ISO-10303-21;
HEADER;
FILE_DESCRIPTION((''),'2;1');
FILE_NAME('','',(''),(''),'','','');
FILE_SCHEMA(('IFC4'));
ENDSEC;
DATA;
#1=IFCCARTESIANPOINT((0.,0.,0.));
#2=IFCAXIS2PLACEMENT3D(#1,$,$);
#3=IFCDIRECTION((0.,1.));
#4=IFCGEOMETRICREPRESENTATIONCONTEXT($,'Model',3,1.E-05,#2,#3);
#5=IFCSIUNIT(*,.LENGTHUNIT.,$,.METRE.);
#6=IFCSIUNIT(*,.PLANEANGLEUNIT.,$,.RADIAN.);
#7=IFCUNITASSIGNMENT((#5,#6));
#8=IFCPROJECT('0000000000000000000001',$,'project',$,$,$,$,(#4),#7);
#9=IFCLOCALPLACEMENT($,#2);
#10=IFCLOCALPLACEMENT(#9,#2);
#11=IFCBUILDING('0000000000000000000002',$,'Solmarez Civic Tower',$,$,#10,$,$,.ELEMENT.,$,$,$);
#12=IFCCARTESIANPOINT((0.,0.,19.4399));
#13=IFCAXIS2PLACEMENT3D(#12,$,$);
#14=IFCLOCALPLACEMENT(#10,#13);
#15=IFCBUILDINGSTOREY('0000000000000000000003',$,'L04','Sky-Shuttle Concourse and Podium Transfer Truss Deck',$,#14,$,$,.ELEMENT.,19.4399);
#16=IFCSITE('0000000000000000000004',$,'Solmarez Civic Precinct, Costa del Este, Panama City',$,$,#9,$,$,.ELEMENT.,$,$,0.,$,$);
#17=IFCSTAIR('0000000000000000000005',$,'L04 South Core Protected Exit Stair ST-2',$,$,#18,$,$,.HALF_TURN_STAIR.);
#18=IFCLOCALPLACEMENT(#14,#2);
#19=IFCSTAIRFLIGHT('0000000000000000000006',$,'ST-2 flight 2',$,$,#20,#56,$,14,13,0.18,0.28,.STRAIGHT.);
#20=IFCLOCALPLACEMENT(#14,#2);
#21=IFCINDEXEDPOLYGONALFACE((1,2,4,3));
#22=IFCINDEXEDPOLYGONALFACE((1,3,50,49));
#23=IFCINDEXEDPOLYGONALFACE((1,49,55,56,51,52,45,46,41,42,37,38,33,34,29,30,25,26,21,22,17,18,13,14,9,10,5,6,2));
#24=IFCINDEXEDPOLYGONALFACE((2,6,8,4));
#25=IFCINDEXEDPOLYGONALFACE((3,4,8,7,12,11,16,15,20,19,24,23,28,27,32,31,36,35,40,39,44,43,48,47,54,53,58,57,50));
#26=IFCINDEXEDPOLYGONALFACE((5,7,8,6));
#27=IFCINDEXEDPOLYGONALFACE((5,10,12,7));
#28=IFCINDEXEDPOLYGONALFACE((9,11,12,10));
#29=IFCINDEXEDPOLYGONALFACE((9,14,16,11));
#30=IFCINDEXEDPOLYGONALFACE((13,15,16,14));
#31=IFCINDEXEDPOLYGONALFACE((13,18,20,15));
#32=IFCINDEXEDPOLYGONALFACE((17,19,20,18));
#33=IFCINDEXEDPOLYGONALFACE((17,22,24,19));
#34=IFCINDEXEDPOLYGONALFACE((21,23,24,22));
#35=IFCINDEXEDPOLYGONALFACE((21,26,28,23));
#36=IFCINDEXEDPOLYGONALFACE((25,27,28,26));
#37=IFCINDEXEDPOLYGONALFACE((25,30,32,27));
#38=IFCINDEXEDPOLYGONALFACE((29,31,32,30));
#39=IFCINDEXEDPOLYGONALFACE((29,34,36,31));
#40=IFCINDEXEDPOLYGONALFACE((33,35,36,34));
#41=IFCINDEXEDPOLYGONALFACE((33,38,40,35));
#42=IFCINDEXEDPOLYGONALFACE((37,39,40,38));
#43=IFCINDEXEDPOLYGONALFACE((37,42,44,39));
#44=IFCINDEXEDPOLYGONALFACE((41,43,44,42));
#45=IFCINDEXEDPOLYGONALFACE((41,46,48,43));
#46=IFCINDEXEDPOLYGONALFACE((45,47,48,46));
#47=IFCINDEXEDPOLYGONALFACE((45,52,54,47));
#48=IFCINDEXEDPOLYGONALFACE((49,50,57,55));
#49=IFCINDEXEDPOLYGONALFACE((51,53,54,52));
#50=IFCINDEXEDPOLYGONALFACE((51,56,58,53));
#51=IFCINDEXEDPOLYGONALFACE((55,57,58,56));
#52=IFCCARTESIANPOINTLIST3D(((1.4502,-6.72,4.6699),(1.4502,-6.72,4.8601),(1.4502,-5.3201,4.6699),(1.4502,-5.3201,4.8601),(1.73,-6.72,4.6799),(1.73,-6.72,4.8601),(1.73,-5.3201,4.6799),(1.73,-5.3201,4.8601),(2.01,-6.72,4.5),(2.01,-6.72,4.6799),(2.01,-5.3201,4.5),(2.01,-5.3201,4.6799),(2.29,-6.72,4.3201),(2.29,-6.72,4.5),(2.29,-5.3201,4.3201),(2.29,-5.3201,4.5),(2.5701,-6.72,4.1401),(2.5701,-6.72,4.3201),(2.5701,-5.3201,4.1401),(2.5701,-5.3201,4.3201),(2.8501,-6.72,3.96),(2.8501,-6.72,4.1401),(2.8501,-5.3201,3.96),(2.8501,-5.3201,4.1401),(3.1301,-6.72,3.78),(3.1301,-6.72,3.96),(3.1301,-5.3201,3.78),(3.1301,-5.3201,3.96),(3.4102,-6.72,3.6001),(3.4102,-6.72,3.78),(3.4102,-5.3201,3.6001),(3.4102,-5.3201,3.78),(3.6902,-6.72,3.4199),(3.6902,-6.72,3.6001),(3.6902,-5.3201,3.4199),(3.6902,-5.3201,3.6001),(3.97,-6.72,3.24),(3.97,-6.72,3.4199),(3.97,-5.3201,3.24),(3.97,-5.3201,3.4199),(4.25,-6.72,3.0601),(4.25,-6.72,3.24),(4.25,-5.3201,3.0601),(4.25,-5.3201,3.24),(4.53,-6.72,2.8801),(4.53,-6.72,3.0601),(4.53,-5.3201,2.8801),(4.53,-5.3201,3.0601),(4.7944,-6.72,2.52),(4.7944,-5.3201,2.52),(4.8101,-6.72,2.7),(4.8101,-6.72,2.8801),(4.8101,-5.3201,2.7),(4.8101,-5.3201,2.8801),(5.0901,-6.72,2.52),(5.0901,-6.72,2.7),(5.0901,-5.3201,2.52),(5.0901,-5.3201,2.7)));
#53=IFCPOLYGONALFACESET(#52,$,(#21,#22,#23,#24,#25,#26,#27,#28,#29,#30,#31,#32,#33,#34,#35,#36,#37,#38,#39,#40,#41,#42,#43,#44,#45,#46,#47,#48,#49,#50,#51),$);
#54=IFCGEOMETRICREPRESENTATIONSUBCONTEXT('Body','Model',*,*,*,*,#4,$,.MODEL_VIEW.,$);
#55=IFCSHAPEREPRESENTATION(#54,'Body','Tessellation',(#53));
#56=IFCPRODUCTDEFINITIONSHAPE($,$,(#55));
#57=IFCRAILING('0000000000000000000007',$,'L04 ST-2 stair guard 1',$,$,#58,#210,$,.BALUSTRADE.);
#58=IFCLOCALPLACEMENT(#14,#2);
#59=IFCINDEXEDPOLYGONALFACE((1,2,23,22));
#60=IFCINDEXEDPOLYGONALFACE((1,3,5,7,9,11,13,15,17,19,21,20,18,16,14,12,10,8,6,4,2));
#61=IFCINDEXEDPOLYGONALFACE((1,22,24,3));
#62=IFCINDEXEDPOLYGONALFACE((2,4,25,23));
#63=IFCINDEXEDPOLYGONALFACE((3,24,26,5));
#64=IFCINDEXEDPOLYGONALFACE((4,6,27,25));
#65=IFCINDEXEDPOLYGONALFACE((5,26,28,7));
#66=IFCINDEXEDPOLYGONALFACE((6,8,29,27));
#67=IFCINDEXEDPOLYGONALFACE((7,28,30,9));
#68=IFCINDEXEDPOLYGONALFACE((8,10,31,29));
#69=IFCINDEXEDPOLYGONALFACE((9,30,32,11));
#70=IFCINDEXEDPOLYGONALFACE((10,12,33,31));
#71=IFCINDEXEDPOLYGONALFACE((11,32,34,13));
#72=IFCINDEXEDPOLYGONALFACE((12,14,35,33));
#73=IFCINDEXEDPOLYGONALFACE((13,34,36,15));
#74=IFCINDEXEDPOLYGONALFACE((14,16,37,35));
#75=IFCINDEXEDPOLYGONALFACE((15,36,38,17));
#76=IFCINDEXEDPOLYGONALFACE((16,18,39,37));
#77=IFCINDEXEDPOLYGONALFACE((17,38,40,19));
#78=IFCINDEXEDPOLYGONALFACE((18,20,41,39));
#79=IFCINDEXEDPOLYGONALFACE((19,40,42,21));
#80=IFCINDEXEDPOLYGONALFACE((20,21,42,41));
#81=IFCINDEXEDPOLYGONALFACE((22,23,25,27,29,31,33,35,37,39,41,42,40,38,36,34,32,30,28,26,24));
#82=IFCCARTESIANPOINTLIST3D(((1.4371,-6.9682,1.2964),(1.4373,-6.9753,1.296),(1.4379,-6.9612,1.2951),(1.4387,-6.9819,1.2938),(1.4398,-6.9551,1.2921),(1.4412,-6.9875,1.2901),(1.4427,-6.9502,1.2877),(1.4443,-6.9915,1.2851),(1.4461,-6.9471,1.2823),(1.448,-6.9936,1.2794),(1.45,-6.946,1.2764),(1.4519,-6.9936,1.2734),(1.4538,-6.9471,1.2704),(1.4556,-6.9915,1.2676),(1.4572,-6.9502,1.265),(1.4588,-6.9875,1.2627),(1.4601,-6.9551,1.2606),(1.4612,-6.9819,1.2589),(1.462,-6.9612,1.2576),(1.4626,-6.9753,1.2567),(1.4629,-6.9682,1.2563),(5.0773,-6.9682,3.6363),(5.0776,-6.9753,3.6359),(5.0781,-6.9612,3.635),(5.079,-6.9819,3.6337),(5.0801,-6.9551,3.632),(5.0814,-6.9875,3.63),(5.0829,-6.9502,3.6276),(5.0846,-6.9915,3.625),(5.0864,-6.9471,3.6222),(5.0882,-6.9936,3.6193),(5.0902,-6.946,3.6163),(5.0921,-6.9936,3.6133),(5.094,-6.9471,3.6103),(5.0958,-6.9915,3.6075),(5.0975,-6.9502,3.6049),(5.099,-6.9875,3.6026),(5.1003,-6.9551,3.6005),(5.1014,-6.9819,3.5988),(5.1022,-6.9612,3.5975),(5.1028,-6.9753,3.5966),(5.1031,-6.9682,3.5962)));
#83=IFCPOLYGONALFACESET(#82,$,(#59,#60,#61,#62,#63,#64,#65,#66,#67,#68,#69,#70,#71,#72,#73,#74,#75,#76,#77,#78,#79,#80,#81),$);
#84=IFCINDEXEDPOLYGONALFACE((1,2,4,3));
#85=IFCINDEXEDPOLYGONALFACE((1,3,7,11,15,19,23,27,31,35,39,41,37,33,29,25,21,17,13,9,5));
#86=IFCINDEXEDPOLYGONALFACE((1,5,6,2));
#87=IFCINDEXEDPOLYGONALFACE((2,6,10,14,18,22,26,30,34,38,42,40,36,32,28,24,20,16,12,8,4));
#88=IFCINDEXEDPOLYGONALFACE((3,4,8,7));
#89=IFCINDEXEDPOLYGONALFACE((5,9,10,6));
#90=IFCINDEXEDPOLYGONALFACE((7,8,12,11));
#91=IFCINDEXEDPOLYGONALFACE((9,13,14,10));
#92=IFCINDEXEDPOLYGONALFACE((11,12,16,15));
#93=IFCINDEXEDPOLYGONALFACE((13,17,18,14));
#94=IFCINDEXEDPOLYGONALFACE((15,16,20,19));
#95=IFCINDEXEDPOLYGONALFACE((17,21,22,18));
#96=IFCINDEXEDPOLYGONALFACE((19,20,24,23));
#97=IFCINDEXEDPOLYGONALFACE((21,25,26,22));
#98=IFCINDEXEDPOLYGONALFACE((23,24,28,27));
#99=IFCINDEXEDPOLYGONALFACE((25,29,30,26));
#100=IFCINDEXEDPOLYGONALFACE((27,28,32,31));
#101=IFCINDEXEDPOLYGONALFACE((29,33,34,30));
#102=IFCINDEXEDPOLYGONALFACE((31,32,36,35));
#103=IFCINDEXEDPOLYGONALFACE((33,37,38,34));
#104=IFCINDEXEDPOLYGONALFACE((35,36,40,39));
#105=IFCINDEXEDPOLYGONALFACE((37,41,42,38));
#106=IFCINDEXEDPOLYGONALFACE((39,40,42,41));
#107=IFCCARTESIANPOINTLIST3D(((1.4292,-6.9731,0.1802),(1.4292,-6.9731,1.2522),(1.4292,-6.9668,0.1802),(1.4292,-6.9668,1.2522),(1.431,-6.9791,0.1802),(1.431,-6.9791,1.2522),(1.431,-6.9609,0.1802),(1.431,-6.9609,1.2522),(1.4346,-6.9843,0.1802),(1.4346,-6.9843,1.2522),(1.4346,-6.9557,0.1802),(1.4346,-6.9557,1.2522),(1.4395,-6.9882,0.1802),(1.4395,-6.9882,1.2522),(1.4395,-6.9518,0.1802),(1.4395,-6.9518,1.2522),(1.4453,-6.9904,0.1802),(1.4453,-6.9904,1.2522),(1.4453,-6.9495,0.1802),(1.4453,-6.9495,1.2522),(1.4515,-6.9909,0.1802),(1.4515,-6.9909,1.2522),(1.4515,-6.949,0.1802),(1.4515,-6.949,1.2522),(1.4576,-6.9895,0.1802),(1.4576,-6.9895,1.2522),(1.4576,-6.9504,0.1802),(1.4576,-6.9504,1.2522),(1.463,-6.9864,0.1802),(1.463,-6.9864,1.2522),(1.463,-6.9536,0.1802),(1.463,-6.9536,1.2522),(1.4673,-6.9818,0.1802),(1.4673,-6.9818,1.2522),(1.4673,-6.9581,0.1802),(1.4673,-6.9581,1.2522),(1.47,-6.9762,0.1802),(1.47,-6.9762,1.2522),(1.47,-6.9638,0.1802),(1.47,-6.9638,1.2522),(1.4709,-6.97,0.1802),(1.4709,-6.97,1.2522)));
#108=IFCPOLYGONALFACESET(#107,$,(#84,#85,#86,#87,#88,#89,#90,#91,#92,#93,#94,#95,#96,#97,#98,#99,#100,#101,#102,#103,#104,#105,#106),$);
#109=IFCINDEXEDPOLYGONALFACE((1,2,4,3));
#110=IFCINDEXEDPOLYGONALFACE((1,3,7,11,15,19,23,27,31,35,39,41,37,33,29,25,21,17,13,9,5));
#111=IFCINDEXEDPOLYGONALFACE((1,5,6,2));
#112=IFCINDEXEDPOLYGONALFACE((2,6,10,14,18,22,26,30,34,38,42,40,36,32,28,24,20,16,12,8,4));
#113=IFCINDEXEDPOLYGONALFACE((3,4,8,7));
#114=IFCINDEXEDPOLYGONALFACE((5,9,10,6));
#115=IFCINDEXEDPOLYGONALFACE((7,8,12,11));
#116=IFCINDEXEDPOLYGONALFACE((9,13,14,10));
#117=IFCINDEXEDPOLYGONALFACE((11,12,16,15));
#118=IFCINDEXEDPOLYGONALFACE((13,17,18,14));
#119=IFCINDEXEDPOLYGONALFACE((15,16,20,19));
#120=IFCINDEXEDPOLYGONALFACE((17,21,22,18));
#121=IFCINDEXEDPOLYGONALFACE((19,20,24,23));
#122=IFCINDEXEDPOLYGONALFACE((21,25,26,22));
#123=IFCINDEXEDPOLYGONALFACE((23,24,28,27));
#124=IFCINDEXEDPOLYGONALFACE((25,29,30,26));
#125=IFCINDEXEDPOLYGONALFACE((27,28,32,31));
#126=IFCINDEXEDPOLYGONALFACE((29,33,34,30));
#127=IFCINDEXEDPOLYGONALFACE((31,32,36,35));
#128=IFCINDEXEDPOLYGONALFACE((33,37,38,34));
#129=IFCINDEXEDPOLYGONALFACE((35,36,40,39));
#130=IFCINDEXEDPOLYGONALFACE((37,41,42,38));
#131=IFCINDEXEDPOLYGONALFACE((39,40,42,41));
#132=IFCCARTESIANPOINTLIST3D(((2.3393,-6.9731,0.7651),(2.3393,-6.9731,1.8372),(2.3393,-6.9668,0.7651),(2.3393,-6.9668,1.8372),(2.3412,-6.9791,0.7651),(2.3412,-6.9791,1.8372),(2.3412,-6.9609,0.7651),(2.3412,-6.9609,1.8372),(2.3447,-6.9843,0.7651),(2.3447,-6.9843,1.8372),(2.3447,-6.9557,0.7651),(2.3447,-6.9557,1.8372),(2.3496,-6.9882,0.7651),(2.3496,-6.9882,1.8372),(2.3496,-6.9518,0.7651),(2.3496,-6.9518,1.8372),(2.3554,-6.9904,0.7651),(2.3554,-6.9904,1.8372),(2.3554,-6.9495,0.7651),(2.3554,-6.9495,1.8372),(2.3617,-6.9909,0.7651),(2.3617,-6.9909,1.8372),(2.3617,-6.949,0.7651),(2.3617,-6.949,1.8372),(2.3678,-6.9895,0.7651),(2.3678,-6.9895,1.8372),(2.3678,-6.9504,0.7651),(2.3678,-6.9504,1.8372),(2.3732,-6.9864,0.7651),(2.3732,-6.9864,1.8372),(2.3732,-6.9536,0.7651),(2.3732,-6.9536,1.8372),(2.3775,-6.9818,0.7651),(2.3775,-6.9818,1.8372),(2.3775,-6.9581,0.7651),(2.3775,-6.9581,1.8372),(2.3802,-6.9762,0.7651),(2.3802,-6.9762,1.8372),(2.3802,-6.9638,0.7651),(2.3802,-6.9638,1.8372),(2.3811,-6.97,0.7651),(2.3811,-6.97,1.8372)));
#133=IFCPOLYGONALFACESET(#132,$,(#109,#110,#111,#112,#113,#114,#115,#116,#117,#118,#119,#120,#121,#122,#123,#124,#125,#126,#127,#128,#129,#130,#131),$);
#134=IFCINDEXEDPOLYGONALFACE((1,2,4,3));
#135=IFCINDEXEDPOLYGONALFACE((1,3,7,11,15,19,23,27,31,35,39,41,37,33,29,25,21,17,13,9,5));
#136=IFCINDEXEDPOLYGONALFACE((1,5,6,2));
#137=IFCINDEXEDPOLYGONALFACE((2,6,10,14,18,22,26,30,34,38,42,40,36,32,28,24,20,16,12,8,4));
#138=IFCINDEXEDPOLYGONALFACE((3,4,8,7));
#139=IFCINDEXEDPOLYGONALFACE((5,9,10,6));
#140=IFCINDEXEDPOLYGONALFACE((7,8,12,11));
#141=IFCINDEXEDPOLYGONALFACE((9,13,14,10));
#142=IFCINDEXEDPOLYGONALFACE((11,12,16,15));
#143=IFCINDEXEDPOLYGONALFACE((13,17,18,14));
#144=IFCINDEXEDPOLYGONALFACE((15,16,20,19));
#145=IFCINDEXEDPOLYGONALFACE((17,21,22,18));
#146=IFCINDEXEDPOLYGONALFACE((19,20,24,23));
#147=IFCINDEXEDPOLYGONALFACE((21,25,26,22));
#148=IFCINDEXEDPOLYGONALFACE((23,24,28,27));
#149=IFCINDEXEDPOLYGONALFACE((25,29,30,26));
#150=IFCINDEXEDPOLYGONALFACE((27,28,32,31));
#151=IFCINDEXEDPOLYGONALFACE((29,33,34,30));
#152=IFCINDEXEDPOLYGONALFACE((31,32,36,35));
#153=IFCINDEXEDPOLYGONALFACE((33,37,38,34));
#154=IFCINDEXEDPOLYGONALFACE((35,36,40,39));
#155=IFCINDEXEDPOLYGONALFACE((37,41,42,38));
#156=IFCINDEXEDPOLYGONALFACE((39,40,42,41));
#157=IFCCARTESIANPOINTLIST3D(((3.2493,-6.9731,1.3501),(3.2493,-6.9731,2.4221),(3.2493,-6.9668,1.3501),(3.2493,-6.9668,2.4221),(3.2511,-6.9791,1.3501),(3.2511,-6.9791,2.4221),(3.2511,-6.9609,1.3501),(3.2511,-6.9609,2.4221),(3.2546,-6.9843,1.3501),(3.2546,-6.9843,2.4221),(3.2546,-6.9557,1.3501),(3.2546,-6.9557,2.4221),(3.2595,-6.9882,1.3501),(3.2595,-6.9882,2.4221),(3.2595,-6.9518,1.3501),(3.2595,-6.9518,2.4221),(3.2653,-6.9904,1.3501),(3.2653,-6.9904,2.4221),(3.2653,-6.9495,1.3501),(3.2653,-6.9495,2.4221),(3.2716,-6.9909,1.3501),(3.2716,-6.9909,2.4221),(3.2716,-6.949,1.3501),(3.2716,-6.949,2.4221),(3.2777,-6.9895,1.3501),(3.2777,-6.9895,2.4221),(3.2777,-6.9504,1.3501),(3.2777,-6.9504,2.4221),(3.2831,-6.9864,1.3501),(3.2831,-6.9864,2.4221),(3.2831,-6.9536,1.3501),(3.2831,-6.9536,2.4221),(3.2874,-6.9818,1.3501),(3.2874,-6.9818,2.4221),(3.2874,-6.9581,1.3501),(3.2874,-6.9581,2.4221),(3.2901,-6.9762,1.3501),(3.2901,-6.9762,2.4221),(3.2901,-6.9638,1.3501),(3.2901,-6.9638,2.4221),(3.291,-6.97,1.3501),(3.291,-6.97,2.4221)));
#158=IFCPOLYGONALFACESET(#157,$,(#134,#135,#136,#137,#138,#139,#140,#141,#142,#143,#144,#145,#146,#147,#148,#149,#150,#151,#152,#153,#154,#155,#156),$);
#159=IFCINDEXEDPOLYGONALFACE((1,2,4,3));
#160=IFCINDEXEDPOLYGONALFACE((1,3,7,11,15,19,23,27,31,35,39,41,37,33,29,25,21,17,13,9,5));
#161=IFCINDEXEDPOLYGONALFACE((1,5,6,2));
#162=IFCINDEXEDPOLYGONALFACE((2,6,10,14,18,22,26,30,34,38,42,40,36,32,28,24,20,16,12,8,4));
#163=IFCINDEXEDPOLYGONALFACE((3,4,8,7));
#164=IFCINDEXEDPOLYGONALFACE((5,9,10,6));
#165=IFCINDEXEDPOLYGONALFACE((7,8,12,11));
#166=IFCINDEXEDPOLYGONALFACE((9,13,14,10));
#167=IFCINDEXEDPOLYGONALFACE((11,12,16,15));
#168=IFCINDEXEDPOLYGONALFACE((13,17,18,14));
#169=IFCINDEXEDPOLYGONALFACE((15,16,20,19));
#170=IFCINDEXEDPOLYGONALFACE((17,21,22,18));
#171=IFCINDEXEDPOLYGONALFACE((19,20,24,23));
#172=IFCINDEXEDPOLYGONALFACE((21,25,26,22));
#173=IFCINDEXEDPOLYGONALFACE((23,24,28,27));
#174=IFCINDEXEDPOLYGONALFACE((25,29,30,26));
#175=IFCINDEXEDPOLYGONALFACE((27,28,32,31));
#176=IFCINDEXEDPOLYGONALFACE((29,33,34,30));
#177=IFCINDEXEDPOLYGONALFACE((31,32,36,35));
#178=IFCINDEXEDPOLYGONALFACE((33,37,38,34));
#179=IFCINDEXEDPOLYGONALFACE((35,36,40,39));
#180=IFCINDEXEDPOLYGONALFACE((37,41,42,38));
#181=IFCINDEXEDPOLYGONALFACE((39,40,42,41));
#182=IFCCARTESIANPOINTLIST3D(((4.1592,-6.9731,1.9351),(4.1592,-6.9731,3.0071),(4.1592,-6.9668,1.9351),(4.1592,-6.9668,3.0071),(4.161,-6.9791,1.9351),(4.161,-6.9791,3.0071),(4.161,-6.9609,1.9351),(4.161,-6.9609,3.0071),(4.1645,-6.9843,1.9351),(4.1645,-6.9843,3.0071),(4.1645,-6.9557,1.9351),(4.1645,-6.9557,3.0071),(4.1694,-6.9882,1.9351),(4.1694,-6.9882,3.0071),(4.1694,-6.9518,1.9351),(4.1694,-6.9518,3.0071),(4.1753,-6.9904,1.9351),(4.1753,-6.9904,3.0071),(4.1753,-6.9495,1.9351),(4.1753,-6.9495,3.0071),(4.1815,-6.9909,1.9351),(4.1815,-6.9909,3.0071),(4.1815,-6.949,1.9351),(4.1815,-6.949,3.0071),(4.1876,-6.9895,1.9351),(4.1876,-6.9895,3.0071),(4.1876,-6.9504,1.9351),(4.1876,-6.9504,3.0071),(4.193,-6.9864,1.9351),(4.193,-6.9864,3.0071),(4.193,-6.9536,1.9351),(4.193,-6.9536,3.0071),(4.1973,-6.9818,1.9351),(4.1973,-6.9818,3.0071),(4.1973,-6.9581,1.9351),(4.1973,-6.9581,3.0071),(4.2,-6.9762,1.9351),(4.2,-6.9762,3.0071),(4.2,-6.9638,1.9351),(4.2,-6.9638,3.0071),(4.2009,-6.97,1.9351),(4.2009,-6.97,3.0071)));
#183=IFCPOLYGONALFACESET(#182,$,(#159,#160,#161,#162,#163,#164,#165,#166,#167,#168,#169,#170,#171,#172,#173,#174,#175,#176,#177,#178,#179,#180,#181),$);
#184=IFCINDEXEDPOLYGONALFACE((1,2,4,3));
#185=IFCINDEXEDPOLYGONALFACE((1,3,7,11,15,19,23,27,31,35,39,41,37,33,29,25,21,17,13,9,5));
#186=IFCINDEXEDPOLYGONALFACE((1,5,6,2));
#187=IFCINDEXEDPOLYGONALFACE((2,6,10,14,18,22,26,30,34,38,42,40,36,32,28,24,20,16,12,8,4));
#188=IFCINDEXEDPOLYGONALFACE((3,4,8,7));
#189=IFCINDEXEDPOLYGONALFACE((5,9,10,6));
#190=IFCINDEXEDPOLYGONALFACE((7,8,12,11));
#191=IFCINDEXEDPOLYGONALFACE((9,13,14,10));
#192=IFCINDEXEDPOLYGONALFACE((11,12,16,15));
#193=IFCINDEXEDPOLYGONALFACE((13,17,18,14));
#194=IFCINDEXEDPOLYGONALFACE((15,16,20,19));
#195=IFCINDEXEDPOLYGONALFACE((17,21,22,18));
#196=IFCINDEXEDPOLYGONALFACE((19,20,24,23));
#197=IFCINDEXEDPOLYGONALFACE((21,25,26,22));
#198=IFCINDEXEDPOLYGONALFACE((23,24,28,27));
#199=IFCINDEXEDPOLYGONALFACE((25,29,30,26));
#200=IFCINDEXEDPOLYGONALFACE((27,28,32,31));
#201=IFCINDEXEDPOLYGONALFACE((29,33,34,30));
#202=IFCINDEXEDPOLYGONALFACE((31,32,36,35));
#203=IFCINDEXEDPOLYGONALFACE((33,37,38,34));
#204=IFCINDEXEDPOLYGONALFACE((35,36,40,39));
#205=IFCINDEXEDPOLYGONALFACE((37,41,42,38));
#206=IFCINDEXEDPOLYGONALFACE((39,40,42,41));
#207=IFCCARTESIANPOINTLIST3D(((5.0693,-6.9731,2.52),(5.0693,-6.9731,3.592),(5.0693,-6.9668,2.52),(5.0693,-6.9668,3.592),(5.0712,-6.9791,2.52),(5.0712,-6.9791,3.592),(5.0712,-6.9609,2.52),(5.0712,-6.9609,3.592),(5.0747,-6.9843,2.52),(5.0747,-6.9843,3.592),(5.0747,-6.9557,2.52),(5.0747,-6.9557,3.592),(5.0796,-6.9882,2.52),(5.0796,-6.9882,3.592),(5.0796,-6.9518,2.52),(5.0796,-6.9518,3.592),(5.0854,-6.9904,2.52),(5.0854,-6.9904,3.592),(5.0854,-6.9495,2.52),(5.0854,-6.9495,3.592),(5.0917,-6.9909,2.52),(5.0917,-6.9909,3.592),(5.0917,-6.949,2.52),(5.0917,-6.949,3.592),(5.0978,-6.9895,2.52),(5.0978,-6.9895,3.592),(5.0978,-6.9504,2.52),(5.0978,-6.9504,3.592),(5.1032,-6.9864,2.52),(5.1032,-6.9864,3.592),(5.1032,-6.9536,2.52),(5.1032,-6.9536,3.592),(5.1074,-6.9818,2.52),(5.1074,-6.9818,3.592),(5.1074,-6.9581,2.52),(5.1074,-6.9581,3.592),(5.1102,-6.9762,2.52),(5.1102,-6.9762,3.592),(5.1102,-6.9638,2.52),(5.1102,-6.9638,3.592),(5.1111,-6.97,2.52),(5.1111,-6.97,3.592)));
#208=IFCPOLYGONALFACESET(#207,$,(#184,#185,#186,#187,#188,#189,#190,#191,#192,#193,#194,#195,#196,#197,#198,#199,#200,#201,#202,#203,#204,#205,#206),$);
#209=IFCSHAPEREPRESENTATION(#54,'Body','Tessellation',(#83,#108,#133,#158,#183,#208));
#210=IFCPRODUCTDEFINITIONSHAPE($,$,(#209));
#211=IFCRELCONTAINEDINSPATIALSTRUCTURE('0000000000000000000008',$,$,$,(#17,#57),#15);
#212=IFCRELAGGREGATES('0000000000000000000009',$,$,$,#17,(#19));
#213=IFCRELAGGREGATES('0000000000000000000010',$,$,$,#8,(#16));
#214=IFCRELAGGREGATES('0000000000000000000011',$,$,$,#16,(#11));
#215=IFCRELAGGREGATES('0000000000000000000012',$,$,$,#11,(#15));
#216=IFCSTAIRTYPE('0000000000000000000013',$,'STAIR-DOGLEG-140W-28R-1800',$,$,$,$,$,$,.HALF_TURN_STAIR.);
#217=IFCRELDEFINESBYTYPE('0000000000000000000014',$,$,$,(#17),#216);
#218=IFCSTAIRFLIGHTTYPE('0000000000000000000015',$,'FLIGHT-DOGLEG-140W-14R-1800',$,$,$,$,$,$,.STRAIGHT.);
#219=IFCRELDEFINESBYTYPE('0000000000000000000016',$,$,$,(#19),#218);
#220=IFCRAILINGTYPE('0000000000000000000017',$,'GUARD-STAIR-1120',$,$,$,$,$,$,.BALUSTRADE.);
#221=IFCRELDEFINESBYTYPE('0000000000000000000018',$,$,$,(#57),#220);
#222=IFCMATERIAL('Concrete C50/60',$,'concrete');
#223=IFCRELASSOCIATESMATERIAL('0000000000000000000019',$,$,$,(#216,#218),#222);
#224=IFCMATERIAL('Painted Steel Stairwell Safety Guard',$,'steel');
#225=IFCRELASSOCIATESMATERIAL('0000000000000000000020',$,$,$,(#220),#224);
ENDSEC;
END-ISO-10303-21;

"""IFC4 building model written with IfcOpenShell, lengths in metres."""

from ifc_helpers import new_model, si_unit, direction, frame, origin, origin_2d, place, context, subcontext, project, spatial, polyline, circle, outline, extrude, material, type_object, element, aggregate, save


model = new_model("IFC4")

# Units and contexts
model_context = context("Model", 3, precision=1e-05, world=origin(), true_north=direction((0.0, 1.0)))
body_context = subcontext(model_context, "Body", "Model", "MODEL_VIEW")
ifc_project = project(units=[si_unit("LENGTHUNIT", "METRE"), si_unit("PLANEANGLEUNIT", "RADIAN")], contexts=[model_context])

# Site, building, storey
site_placement = place(None, origin())
site = spatial("IfcSite", under=ifc_project, at=site_placement, Name="Solmarez Civic Precinct, Costa del Este, Panama City", CompositionType="ELEMENT", RefElevation=0.0)
building_placement = place(site_placement, origin())
building = spatial("IfcBuilding", under=site, at=building_placement, Name="Solmarez Civic Tower", CompositionType="ELEMENT")
storey_placement = place(building_placement, frame((0.0, 0.0, 19.4399)))
storey = spatial("IfcBuildingStorey", under=building, at=storey_placement, Name="L04", Description="Sky-Shuttle Concourse and Podium Transfer Truss Deck", CompositionType="ELEMENT", Elevation=19.4399)

# Shared definitions
ifc_material_1 = material(Name="Concrete C50/60", Category="concrete")

# Stair, stair flight
stair_type = type_object("IfcStairType", Name="STAIR-DOGLEG-140W-28R-1800", PredefinedType="HALF_TURN_STAIR", material=ifc_material_1)
stair_placement = place(storey_placement, origin())
stair = element("IfcStair", 1, at=stair_placement, inside=storey, type_object=stair_type, Name="L04 South Core Protected Exit Stair ST-2", PredefinedType="HALF_TURN_STAIR")
stair_flight_type = type_object("IfcStairFlightType", Name="FLIGHT-DOGLEG-140W-14R-1800", PredefinedType="STRAIGHT", material=ifc_material_1)
stair_flight_1_placement = place(storey_placement, frame((5.0901, -6.02, 2.52), z_axis=(0.0, 0.0, 1.0), x_axis=(-1.0, 0.0, 0.0)))
stair_flight_1 = element("IfcStairFlight", 2, at=stair_flight_1_placement, type_object=stair_flight_type, Name="ST-2 flight 2", NumberOfRisers=14, NumberOfTreads=13, PredefinedType="STRAIGHT", RiserHeight=0.18, TreadLength=0.28, context=body_context, shape_type="SweptSolid", body=[
    extrude(outline(polyline([(0.0, 0.0), (0.0, 0.1799), (0.28, 0.1799), (0.28, 0.3601), (0.5601, 0.3601), (0.5601, 0.54), (0.8401, 0.54), (0.8401, 0.72), (1.1201, 0.72), (1.1201, 0.8999), (1.3999, 0.8999), (1.3999, 1.0801), (1.6799, 1.0801), (1.6799, 1.26), (1.96, 1.26), (1.96, 1.4399), (2.24, 1.4399), (2.24, 1.6201), (2.52, 1.6201), (2.52, 1.8), (2.8, 1.8), (2.8, 1.98), (3.0801, 1.98), (3.0801, 2.1599), (3.3601, 2.1599), (3.3601, 2.3401), (3.6399, 2.3401), (3.6399, 2.52), (3.6399, 2.1499), (0.2957, 0.0), (0.0, 0.0)])), frame((0.0, 0.7, 0.0), z_axis=(0.0, -1.0, 0.0), x_axis=(1.0, 0.0, 0.0)), (0.0, 0.0, 1.0), 1.3999),
])
aggregate(stair, [stair_flight_1])

# Railing
ifc_material_2 = material(Name="Painted Steel Stairwell Safety Guard", Category="steel")
railing_type_1 = type_object("IfcRailingType", Name="GUARD-STAIR-1120", PredefinedType="BALUSTRADE", material=ifc_material_2)
railing_1_placement = place(storey_placement, frame((1.45, -6.97, 0.1802)))
element("IfcRailing", 3, at=railing_1_placement, inside=storey, type_object=railing_type_1, Name="L04 ST-2 stair guard 1", PredefinedType="BALUSTRADE", context=body_context, shape_type="SweptSolid", body=[
    extrude(circle(Radius=0.0239, at=origin_2d()), frame((0.0, 0.0, 1.0962), z_axis=(0.841204, 0.0, 0.540718), x_axis=(0.0, 1.0, 0.0)), (0.0, 0.0, 1.0), 4.3274),
    extrude(circle(Radius=0.021, at=origin_2d()), origin(), (0.0, 0.0, 1.0), 1.072),
    extrude(circle(Radius=0.021, at=origin_2d()), frame((0.9102, 0.0, 0.585)), (0.0, 0.0, 1.0), 1.072),
    extrude(circle(Radius=0.021, at=origin_2d()), frame((1.8201, 0.0, 1.1699)), (0.0, 0.0, 1.0), 1.072),
    extrude(circle(Radius=0.021, at=origin_2d()), frame((2.73, 0.0, 1.7549)), (0.0, 0.0, 1.0), 1.072),
    extrude(circle(Radius=0.021, at=origin_2d()), frame((3.6401, 0.0, 2.3398)), (0.0, 0.0, 1.0), 1.072),
])

save(model, "model.ifc")
